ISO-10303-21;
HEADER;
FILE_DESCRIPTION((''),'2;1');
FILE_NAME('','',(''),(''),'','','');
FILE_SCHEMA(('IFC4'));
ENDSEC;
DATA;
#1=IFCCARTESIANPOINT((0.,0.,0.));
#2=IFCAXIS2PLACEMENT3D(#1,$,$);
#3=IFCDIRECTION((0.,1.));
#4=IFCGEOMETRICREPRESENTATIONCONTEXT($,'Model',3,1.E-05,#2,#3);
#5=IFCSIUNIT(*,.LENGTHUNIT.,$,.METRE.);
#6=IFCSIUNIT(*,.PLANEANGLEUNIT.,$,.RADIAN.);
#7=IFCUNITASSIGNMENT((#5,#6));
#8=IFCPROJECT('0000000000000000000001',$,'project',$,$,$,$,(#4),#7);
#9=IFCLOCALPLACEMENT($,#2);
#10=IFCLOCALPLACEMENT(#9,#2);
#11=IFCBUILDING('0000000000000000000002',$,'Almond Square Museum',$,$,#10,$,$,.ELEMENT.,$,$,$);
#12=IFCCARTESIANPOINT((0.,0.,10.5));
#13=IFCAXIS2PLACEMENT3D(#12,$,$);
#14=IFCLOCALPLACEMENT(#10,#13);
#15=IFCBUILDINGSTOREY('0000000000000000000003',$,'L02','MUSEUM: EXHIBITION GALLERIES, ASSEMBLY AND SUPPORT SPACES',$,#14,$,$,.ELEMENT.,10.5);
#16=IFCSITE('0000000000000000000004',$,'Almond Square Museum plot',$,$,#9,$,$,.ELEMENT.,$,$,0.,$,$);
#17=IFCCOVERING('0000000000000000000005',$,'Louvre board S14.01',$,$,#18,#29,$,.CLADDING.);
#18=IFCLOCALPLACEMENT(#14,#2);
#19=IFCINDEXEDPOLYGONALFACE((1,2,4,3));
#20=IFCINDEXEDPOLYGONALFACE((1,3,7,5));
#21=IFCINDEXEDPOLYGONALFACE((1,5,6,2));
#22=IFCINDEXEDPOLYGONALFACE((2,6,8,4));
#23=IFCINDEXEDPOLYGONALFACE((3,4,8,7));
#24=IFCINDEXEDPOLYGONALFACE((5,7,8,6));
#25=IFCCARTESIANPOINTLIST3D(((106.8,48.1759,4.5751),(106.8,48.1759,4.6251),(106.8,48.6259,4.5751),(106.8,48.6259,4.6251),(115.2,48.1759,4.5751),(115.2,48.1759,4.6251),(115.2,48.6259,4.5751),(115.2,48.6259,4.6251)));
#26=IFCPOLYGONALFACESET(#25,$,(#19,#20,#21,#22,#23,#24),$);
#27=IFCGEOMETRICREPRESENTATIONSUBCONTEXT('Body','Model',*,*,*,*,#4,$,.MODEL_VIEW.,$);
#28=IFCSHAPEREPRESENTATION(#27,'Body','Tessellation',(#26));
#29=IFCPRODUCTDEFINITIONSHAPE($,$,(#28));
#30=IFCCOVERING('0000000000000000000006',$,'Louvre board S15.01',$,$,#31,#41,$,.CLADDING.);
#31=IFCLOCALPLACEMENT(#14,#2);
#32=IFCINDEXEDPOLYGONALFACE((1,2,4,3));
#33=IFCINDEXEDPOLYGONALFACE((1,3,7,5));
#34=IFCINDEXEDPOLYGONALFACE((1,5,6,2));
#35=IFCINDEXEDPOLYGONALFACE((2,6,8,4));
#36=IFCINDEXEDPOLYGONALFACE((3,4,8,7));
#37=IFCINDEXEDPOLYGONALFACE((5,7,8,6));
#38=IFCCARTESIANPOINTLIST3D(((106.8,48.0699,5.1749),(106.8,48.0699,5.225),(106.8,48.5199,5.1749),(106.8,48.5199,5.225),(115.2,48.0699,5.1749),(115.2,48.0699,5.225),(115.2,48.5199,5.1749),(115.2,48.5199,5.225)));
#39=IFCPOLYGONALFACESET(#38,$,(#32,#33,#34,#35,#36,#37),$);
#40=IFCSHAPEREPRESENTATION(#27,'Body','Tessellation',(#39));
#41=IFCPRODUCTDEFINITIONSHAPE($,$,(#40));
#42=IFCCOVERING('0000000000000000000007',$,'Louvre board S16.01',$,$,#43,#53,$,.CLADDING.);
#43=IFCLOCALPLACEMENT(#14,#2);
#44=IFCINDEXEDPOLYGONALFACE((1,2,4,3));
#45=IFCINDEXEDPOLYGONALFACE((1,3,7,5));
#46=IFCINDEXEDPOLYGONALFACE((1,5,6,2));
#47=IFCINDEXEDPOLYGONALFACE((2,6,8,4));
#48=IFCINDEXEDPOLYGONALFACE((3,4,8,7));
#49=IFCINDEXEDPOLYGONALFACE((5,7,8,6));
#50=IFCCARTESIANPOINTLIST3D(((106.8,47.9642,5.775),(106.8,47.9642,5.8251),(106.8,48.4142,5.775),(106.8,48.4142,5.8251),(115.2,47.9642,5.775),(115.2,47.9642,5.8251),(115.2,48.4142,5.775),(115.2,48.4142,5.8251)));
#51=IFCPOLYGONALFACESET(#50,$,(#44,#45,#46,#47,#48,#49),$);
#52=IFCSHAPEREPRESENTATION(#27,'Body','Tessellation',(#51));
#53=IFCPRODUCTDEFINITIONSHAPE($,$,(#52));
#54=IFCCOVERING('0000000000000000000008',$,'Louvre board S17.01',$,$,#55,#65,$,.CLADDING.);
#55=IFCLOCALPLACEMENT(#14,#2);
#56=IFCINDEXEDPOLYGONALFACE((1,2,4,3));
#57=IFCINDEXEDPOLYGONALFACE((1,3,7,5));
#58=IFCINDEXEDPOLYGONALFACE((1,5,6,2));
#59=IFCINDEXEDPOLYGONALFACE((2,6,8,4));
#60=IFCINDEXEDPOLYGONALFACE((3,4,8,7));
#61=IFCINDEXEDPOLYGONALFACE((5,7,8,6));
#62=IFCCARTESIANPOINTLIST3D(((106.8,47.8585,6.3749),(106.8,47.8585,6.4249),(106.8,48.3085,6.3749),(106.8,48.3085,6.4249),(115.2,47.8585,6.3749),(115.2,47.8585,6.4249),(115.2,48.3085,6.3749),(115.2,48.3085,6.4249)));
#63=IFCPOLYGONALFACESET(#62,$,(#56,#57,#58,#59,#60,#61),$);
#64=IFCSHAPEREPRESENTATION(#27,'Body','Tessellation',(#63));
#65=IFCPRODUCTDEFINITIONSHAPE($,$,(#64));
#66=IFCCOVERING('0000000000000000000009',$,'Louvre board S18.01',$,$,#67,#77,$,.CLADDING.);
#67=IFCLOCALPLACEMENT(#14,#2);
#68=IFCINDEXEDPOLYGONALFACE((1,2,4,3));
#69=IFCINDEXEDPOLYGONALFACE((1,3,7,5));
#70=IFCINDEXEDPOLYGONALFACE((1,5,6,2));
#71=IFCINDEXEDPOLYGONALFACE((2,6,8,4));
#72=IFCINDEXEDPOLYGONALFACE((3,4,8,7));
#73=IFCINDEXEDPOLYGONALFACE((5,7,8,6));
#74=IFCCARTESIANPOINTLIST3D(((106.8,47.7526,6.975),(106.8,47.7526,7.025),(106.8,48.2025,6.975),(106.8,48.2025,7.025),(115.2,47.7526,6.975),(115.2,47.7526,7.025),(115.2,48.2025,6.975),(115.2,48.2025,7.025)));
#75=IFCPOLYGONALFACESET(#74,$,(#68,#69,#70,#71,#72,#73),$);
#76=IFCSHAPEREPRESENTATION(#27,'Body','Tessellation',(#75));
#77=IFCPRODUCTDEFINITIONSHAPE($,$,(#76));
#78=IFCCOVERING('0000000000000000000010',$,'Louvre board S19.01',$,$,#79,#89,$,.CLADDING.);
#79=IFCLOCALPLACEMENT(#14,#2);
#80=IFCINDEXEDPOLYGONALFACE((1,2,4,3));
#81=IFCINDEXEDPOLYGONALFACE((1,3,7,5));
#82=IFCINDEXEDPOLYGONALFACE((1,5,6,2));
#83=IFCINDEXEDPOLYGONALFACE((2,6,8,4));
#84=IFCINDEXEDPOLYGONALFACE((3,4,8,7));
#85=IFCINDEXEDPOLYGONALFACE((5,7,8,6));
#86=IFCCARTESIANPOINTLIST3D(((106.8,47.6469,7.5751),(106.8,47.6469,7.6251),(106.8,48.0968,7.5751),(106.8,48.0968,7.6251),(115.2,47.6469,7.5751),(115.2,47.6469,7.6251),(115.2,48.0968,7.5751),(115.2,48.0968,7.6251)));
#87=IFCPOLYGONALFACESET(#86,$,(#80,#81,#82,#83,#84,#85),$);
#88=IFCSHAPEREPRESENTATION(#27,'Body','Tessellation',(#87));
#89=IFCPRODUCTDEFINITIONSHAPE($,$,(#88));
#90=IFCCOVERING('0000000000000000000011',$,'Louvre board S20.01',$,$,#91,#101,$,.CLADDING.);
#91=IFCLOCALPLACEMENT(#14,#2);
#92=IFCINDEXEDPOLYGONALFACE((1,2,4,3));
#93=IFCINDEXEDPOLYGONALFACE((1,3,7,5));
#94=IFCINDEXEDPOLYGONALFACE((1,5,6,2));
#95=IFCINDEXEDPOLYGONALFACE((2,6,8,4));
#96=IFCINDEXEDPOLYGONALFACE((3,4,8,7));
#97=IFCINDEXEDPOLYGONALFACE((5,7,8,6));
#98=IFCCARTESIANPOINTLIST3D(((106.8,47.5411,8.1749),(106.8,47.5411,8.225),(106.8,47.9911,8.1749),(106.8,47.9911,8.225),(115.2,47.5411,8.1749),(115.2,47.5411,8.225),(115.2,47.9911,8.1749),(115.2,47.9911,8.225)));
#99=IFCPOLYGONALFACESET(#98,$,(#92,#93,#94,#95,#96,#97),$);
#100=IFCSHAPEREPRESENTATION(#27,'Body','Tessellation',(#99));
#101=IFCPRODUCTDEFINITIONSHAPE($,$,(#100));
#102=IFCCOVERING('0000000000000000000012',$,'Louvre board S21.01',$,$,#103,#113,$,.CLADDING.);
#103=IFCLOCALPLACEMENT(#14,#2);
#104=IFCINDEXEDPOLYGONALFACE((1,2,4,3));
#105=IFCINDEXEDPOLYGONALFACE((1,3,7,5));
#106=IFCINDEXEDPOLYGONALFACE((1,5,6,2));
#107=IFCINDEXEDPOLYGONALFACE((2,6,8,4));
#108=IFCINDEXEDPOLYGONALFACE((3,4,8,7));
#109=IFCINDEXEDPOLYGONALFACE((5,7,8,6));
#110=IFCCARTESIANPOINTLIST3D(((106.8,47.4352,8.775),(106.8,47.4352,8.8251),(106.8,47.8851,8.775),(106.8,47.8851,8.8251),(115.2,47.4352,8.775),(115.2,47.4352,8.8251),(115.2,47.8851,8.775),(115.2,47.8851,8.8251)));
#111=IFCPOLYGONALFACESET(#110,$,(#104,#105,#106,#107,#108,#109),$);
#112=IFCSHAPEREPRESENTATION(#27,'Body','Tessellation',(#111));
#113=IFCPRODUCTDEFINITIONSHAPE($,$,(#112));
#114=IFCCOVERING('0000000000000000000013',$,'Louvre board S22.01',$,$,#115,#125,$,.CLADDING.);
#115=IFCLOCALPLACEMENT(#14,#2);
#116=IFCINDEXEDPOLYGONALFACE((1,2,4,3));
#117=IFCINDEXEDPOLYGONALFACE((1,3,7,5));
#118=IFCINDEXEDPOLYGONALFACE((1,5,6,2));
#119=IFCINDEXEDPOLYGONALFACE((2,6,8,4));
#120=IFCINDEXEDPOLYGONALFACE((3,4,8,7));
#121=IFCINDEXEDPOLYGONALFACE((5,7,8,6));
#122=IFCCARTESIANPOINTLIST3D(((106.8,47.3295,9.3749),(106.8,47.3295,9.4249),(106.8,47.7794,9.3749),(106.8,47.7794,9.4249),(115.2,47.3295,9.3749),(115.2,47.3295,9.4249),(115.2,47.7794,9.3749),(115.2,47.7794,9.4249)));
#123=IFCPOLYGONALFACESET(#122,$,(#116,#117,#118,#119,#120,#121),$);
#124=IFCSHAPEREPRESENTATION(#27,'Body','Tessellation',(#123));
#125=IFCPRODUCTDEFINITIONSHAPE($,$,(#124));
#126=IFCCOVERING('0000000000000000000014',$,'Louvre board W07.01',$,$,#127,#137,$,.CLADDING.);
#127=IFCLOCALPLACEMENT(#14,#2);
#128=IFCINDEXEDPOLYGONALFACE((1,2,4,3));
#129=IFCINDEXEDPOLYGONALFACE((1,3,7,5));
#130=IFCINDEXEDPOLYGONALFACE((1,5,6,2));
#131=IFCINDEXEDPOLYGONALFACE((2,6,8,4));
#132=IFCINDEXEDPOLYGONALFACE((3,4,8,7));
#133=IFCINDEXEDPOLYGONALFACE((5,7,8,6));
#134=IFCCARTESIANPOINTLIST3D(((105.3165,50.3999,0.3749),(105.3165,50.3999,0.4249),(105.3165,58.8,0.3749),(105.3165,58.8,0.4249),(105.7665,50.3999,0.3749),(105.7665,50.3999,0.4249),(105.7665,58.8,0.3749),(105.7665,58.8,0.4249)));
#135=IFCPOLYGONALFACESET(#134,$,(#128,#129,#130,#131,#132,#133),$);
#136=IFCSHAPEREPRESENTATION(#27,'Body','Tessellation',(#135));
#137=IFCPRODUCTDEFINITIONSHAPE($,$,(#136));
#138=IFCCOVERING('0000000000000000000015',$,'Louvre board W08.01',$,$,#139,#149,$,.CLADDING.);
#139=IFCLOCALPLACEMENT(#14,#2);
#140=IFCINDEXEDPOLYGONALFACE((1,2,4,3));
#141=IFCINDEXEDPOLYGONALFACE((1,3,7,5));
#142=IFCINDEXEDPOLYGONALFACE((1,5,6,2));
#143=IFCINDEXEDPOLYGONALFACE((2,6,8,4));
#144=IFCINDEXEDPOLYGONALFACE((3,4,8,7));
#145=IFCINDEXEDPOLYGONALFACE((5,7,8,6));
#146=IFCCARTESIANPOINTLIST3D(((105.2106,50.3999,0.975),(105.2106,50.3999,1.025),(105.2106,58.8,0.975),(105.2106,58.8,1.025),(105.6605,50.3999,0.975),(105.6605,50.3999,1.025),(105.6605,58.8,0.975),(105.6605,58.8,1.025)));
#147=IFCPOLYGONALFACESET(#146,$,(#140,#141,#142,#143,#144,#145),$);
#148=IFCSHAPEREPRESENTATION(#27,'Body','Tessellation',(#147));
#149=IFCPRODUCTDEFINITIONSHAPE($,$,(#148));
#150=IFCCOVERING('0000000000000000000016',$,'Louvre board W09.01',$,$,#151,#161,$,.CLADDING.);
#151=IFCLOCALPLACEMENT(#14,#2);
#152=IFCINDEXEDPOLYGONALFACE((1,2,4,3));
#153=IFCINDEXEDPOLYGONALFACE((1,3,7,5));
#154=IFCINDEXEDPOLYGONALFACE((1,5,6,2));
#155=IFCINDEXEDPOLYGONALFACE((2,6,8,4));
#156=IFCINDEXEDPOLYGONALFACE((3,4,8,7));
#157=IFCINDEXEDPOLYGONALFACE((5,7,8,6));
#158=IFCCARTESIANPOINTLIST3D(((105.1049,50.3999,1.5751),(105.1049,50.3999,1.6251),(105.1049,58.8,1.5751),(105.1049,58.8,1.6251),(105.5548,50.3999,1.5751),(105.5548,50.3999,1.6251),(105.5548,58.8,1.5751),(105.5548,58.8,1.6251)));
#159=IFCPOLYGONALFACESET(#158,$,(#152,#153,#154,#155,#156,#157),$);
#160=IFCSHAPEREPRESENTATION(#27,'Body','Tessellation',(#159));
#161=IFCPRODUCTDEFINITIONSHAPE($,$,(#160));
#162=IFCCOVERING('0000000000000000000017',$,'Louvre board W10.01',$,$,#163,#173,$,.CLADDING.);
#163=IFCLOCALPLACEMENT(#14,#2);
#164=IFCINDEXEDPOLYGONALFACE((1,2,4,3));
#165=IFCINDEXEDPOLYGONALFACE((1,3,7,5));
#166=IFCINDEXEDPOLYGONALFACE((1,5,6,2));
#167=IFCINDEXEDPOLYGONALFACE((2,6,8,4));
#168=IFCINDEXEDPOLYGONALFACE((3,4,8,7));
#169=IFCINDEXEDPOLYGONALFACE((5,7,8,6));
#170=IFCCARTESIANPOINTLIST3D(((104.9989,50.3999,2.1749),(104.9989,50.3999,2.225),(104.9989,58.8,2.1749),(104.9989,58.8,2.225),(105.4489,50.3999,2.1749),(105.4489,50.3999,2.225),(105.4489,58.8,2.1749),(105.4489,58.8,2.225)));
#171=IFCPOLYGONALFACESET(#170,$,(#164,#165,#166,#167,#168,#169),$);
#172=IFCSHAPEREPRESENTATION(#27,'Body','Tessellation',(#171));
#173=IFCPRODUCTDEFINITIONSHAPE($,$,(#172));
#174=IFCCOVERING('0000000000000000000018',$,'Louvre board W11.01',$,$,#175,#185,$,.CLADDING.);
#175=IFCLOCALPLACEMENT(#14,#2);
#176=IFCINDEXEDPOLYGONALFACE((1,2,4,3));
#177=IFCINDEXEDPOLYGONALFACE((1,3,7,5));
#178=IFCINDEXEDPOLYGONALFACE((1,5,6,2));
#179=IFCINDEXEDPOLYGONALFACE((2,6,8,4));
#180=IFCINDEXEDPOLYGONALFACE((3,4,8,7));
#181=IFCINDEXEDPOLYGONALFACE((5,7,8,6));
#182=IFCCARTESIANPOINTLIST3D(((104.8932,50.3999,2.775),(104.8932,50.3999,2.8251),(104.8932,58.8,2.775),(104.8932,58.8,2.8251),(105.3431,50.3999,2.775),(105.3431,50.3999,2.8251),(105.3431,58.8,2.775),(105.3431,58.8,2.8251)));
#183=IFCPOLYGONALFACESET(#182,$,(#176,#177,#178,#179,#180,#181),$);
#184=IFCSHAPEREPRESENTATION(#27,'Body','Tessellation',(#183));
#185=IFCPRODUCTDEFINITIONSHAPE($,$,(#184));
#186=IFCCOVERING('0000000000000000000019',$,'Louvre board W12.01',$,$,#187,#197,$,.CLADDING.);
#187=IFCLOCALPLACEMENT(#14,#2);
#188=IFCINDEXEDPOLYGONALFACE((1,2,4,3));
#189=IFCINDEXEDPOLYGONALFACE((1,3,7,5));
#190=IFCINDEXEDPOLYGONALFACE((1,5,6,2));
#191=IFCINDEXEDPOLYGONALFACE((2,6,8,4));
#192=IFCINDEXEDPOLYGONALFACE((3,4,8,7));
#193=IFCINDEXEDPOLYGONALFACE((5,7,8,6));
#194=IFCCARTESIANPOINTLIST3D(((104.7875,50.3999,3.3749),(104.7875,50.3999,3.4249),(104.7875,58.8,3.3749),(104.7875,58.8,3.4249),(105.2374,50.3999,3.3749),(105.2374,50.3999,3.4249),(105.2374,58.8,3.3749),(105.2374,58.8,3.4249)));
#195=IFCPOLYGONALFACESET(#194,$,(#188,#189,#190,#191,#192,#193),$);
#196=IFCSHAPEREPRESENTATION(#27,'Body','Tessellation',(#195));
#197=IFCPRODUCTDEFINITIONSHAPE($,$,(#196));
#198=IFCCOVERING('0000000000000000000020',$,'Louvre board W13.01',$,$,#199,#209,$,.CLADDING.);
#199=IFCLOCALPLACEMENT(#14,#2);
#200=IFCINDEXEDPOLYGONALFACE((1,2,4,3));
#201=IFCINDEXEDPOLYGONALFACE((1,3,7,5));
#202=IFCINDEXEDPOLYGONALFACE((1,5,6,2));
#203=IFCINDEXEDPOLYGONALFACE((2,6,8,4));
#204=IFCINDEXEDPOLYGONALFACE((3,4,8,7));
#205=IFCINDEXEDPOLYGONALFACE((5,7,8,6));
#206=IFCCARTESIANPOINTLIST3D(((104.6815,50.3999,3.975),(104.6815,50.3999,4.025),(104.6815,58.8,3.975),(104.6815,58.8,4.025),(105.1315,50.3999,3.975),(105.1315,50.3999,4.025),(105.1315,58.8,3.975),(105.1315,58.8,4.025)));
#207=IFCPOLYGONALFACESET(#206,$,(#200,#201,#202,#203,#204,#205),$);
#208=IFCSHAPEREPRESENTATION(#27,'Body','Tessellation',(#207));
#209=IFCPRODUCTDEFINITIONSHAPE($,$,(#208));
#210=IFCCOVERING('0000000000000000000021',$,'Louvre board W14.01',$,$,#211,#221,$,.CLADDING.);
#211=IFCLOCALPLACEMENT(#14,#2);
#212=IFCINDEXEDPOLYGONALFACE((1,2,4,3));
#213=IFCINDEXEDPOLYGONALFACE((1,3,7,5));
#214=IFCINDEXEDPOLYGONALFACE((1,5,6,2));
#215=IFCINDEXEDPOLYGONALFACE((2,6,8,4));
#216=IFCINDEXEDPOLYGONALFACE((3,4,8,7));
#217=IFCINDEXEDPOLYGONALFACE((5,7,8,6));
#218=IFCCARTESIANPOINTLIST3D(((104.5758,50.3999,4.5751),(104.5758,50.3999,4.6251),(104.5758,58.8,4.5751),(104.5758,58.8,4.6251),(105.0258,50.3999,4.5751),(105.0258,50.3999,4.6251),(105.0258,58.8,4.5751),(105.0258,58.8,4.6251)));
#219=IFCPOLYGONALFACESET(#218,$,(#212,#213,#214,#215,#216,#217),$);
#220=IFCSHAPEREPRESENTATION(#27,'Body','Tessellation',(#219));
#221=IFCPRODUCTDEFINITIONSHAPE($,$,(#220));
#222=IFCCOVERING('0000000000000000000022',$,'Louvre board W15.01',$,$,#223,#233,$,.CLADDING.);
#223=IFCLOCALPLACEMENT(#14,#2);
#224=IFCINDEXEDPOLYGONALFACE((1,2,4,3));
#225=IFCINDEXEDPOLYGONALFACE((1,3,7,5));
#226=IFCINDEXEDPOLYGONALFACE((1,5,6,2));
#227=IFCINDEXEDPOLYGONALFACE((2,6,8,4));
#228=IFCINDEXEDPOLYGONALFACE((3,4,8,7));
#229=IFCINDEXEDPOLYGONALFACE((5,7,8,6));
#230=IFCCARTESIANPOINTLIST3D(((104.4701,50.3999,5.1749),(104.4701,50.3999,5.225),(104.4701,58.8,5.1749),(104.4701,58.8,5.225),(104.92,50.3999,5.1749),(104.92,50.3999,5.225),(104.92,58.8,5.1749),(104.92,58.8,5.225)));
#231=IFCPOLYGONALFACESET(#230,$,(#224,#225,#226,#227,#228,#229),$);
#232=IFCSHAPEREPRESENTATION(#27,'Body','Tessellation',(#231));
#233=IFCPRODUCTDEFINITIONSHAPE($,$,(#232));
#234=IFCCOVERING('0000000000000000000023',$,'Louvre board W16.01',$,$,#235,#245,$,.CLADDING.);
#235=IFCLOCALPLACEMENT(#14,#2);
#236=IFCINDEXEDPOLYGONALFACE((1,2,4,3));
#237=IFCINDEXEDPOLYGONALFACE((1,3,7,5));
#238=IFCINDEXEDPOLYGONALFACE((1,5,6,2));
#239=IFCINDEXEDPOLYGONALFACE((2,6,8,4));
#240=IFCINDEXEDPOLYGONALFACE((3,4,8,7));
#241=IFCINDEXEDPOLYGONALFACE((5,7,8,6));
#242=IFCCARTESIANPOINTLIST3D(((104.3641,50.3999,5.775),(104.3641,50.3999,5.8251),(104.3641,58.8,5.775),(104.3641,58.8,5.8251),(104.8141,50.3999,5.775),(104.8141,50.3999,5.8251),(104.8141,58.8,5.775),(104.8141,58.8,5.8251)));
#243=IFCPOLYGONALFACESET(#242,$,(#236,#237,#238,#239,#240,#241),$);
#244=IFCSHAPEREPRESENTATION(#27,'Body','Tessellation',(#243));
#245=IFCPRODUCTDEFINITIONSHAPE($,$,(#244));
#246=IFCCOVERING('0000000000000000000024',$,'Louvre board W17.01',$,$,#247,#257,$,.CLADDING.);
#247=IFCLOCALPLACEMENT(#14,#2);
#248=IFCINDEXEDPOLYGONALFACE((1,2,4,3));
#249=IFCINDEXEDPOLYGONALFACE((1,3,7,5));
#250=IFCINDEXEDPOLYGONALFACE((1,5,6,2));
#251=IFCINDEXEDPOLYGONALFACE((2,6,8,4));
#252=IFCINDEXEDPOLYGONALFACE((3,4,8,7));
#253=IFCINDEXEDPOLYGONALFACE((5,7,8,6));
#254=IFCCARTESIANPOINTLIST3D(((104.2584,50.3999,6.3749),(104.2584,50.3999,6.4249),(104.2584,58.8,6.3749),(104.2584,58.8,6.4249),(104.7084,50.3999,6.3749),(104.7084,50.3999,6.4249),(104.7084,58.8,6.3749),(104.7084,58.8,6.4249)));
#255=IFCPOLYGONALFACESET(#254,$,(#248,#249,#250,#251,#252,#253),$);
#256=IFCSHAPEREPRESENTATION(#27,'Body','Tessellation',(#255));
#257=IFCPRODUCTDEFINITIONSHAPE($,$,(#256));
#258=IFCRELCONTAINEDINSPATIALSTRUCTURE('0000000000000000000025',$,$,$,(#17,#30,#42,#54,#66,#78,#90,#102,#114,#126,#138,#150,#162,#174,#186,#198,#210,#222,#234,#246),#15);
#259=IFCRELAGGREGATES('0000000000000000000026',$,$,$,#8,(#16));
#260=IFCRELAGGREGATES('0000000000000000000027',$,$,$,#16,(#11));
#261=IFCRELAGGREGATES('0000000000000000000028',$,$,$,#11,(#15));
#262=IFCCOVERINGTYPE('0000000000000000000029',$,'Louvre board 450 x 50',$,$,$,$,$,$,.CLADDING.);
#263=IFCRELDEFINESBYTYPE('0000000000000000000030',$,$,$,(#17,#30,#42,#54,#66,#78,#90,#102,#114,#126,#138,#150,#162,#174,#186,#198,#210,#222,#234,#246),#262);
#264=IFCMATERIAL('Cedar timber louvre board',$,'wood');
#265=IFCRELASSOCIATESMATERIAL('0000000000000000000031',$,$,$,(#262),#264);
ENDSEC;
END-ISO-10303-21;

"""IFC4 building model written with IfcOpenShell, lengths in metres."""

from ifc_helpers import new_model, si_unit, direction, frame, origin, origin_2d, place, context, subcontext, project, spatial, rectangle, extrude, material, material_profile, profile_set, type_object, element, save


model = new_model("IFC4")

# Units and contexts
model_context = context("Model", 3, precision=1e-05, world=origin(), true_north=direction((0.0, 1.0)))
body_context = subcontext(model_context, "Body", "Model", "MODEL_VIEW")
ifc_project = project(units=[si_unit("LENGTHUNIT", "METRE"), si_unit("PLANEANGLEUNIT", "RADIAN")], contexts=[model_context])

# Site, building, storey
site_placement = place(None, origin())
site = spatial("IfcSite", under=ifc_project, at=site_placement, Name="Almond Square Museum plot", CompositionType="ELEMENT", RefElevation=0.0)
building_placement = place(site_placement, origin())
building = spatial("IfcBuilding", under=site, at=building_placement, Name="Almond Square Museum", CompositionType="ELEMENT")
storey_placement = place(building_placement, frame((0.0, 0.0, 10.5)))
storey = spatial("IfcBuildingStorey", under=building, at=storey_placement, Name="L02", Description="MUSEUM: EXHIBITION GALLERIES, ASSEMBLY AND SUPPORT SPACES", CompositionType="ELEMENT", Elevation=10.5)

# Coverings
ifc_material_1 = material(Name="Cedar timber louvre board", Category="wood")
ifc_material_profile = material_profile(ifc_material_1, rectangle(XDim=0.45, YDim=0.05, at=origin_2d()))
ifc_profile_set = profile_set([ifc_material_profile], Name="Cedar timber louvre board")
covering_type_1 = type_object("IfcCoveringType", Name="Louvre board 450 x 50", PredefinedType="CLADDING", material=ifc_profile_set)
for number, where, z_axis, x_axis, name in (
    (1, (106.8, 48.4009, 4.6001), (1.0, 0.0, 0.0), (0.0, 1.0, 0.0), "Louvre board S14.01"),
    (2, (106.8, 48.2949, 5.2), (1.0, 0.0, 0.0), (0.0, 1.0, 0.0), "Louvre board S15.01"),
    (3, (106.8, 48.1892, 5.8), (1.0, 0.0, 0.0), (0.0, 1.0, 0.0), "Louvre board S16.01"),
    (4, (106.8, 48.0835, 6.3999), (1.0, 0.0, 0.0), (0.0, 1.0, 0.0), "Louvre board S17.01"),
    (5, (106.8, 47.9775, 7.0), (1.0, 0.0, 0.0), (0.0, 1.0, 0.0), "Louvre board S18.01"),
    (6, (106.8, 47.8718, 7.6001), (1.0, 0.0, 0.0), (0.0, 1.0, 0.0), "Louvre board S19.01"),
    (7, (106.8, 47.7661, 8.2), (1.0, 0.0, 0.0), (0.0, 1.0, 0.0), "Louvre board S20.01"),
    (8, (106.8, 47.6602, 8.8), (1.0, 0.0, 0.0), (0.0, 1.0, 0.0), "Louvre board S21.01"),
    (9, (106.8, 47.5544, 9.3999), (1.0, 0.0, 0.0), (0.0, 1.0, 0.0), "Louvre board S22.01"),
):
    element("IfcCovering", number, at=place(storey_placement, frame(where, z_axis=z_axis, x_axis=x_axis)), inside=storey, type_object=covering_type_1, Name=name, PredefinedType="CLADDING", context=body_context, shape_type="SweptSolid", body=[
        extrude(rectangle(XDim=0.45, YDim=0.05, at=origin_2d()), origin(), (0.0, 0.0, 1.0), 8.3999),
    ])
for number, where, z_axis, x_axis, name in (
    (10, (105.5415, 50.3999, 0.3999), (0.0, 1.0, 0.0), (-1.0, 0.0, 0.0), "Louvre board W07.01"),
    (11, (105.4355, 50.3999, 1.0), (0.0, 1.0, 0.0), (-1.0, 0.0, 0.0), "Louvre board W08.01"),
    (12, (105.3298, 50.3999, 1.6001), (0.0, 1.0, 0.0), (-1.0, 0.0, 0.0), "Louvre board W09.01"),
    (13, (105.2239, 50.3999, 2.2), (0.0, 1.0, 0.0), (-1.0, 0.0, 0.0), "Louvre board W10.01"),
    (14, (105.1182, 50.3999, 2.8), (0.0, 1.0, 0.0), (-1.0, 0.0, 0.0), "Louvre board W11.01"),
    (15, (105.0125, 50.3999, 3.3999), (0.0, 1.0, 0.0), (-1.0, 0.0, 0.0), "Louvre board W12.01"),
    (16, (104.9065, 50.3999, 4.0), (0.0, 1.0, 0.0), (-1.0, 0.0, 0.0), "Louvre board W13.01"),
    (17, (104.8008, 50.3999, 4.6001), (0.0, 1.0, 0.0), (-1.0, 0.0, 0.0), "Louvre board W14.01"),
    (18, (104.6951, 50.3999, 5.2), (0.0, 1.0, 0.0), (-1.0, 0.0, 0.0), "Louvre board W15.01"),
    (19, (104.5891, 50.3999, 5.8), (0.0, 1.0, 0.0), (-1.0, 0.0, 0.0), "Louvre board W16.01"),
    (20, (104.4834, 50.3999, 6.3999), (0.0, 1.0, 0.0), (-1.0, 0.0, 0.0), "Louvre board W17.01"),
):
    element("IfcCovering", number, at=place(storey_placement, frame(where, z_axis=z_axis, x_axis=x_axis)), inside=storey, type_object=covering_type_1, Name=name, PredefinedType="CLADDING", context=body_context, shape_type="SweptSolid", body=[
        extrude(rectangle(XDim=0.45, YDim=0.05, at=origin_2d()), origin(), (0.0, 0.0, 1.0), 8.4001),
    ])

save(model, "model.ifc")
